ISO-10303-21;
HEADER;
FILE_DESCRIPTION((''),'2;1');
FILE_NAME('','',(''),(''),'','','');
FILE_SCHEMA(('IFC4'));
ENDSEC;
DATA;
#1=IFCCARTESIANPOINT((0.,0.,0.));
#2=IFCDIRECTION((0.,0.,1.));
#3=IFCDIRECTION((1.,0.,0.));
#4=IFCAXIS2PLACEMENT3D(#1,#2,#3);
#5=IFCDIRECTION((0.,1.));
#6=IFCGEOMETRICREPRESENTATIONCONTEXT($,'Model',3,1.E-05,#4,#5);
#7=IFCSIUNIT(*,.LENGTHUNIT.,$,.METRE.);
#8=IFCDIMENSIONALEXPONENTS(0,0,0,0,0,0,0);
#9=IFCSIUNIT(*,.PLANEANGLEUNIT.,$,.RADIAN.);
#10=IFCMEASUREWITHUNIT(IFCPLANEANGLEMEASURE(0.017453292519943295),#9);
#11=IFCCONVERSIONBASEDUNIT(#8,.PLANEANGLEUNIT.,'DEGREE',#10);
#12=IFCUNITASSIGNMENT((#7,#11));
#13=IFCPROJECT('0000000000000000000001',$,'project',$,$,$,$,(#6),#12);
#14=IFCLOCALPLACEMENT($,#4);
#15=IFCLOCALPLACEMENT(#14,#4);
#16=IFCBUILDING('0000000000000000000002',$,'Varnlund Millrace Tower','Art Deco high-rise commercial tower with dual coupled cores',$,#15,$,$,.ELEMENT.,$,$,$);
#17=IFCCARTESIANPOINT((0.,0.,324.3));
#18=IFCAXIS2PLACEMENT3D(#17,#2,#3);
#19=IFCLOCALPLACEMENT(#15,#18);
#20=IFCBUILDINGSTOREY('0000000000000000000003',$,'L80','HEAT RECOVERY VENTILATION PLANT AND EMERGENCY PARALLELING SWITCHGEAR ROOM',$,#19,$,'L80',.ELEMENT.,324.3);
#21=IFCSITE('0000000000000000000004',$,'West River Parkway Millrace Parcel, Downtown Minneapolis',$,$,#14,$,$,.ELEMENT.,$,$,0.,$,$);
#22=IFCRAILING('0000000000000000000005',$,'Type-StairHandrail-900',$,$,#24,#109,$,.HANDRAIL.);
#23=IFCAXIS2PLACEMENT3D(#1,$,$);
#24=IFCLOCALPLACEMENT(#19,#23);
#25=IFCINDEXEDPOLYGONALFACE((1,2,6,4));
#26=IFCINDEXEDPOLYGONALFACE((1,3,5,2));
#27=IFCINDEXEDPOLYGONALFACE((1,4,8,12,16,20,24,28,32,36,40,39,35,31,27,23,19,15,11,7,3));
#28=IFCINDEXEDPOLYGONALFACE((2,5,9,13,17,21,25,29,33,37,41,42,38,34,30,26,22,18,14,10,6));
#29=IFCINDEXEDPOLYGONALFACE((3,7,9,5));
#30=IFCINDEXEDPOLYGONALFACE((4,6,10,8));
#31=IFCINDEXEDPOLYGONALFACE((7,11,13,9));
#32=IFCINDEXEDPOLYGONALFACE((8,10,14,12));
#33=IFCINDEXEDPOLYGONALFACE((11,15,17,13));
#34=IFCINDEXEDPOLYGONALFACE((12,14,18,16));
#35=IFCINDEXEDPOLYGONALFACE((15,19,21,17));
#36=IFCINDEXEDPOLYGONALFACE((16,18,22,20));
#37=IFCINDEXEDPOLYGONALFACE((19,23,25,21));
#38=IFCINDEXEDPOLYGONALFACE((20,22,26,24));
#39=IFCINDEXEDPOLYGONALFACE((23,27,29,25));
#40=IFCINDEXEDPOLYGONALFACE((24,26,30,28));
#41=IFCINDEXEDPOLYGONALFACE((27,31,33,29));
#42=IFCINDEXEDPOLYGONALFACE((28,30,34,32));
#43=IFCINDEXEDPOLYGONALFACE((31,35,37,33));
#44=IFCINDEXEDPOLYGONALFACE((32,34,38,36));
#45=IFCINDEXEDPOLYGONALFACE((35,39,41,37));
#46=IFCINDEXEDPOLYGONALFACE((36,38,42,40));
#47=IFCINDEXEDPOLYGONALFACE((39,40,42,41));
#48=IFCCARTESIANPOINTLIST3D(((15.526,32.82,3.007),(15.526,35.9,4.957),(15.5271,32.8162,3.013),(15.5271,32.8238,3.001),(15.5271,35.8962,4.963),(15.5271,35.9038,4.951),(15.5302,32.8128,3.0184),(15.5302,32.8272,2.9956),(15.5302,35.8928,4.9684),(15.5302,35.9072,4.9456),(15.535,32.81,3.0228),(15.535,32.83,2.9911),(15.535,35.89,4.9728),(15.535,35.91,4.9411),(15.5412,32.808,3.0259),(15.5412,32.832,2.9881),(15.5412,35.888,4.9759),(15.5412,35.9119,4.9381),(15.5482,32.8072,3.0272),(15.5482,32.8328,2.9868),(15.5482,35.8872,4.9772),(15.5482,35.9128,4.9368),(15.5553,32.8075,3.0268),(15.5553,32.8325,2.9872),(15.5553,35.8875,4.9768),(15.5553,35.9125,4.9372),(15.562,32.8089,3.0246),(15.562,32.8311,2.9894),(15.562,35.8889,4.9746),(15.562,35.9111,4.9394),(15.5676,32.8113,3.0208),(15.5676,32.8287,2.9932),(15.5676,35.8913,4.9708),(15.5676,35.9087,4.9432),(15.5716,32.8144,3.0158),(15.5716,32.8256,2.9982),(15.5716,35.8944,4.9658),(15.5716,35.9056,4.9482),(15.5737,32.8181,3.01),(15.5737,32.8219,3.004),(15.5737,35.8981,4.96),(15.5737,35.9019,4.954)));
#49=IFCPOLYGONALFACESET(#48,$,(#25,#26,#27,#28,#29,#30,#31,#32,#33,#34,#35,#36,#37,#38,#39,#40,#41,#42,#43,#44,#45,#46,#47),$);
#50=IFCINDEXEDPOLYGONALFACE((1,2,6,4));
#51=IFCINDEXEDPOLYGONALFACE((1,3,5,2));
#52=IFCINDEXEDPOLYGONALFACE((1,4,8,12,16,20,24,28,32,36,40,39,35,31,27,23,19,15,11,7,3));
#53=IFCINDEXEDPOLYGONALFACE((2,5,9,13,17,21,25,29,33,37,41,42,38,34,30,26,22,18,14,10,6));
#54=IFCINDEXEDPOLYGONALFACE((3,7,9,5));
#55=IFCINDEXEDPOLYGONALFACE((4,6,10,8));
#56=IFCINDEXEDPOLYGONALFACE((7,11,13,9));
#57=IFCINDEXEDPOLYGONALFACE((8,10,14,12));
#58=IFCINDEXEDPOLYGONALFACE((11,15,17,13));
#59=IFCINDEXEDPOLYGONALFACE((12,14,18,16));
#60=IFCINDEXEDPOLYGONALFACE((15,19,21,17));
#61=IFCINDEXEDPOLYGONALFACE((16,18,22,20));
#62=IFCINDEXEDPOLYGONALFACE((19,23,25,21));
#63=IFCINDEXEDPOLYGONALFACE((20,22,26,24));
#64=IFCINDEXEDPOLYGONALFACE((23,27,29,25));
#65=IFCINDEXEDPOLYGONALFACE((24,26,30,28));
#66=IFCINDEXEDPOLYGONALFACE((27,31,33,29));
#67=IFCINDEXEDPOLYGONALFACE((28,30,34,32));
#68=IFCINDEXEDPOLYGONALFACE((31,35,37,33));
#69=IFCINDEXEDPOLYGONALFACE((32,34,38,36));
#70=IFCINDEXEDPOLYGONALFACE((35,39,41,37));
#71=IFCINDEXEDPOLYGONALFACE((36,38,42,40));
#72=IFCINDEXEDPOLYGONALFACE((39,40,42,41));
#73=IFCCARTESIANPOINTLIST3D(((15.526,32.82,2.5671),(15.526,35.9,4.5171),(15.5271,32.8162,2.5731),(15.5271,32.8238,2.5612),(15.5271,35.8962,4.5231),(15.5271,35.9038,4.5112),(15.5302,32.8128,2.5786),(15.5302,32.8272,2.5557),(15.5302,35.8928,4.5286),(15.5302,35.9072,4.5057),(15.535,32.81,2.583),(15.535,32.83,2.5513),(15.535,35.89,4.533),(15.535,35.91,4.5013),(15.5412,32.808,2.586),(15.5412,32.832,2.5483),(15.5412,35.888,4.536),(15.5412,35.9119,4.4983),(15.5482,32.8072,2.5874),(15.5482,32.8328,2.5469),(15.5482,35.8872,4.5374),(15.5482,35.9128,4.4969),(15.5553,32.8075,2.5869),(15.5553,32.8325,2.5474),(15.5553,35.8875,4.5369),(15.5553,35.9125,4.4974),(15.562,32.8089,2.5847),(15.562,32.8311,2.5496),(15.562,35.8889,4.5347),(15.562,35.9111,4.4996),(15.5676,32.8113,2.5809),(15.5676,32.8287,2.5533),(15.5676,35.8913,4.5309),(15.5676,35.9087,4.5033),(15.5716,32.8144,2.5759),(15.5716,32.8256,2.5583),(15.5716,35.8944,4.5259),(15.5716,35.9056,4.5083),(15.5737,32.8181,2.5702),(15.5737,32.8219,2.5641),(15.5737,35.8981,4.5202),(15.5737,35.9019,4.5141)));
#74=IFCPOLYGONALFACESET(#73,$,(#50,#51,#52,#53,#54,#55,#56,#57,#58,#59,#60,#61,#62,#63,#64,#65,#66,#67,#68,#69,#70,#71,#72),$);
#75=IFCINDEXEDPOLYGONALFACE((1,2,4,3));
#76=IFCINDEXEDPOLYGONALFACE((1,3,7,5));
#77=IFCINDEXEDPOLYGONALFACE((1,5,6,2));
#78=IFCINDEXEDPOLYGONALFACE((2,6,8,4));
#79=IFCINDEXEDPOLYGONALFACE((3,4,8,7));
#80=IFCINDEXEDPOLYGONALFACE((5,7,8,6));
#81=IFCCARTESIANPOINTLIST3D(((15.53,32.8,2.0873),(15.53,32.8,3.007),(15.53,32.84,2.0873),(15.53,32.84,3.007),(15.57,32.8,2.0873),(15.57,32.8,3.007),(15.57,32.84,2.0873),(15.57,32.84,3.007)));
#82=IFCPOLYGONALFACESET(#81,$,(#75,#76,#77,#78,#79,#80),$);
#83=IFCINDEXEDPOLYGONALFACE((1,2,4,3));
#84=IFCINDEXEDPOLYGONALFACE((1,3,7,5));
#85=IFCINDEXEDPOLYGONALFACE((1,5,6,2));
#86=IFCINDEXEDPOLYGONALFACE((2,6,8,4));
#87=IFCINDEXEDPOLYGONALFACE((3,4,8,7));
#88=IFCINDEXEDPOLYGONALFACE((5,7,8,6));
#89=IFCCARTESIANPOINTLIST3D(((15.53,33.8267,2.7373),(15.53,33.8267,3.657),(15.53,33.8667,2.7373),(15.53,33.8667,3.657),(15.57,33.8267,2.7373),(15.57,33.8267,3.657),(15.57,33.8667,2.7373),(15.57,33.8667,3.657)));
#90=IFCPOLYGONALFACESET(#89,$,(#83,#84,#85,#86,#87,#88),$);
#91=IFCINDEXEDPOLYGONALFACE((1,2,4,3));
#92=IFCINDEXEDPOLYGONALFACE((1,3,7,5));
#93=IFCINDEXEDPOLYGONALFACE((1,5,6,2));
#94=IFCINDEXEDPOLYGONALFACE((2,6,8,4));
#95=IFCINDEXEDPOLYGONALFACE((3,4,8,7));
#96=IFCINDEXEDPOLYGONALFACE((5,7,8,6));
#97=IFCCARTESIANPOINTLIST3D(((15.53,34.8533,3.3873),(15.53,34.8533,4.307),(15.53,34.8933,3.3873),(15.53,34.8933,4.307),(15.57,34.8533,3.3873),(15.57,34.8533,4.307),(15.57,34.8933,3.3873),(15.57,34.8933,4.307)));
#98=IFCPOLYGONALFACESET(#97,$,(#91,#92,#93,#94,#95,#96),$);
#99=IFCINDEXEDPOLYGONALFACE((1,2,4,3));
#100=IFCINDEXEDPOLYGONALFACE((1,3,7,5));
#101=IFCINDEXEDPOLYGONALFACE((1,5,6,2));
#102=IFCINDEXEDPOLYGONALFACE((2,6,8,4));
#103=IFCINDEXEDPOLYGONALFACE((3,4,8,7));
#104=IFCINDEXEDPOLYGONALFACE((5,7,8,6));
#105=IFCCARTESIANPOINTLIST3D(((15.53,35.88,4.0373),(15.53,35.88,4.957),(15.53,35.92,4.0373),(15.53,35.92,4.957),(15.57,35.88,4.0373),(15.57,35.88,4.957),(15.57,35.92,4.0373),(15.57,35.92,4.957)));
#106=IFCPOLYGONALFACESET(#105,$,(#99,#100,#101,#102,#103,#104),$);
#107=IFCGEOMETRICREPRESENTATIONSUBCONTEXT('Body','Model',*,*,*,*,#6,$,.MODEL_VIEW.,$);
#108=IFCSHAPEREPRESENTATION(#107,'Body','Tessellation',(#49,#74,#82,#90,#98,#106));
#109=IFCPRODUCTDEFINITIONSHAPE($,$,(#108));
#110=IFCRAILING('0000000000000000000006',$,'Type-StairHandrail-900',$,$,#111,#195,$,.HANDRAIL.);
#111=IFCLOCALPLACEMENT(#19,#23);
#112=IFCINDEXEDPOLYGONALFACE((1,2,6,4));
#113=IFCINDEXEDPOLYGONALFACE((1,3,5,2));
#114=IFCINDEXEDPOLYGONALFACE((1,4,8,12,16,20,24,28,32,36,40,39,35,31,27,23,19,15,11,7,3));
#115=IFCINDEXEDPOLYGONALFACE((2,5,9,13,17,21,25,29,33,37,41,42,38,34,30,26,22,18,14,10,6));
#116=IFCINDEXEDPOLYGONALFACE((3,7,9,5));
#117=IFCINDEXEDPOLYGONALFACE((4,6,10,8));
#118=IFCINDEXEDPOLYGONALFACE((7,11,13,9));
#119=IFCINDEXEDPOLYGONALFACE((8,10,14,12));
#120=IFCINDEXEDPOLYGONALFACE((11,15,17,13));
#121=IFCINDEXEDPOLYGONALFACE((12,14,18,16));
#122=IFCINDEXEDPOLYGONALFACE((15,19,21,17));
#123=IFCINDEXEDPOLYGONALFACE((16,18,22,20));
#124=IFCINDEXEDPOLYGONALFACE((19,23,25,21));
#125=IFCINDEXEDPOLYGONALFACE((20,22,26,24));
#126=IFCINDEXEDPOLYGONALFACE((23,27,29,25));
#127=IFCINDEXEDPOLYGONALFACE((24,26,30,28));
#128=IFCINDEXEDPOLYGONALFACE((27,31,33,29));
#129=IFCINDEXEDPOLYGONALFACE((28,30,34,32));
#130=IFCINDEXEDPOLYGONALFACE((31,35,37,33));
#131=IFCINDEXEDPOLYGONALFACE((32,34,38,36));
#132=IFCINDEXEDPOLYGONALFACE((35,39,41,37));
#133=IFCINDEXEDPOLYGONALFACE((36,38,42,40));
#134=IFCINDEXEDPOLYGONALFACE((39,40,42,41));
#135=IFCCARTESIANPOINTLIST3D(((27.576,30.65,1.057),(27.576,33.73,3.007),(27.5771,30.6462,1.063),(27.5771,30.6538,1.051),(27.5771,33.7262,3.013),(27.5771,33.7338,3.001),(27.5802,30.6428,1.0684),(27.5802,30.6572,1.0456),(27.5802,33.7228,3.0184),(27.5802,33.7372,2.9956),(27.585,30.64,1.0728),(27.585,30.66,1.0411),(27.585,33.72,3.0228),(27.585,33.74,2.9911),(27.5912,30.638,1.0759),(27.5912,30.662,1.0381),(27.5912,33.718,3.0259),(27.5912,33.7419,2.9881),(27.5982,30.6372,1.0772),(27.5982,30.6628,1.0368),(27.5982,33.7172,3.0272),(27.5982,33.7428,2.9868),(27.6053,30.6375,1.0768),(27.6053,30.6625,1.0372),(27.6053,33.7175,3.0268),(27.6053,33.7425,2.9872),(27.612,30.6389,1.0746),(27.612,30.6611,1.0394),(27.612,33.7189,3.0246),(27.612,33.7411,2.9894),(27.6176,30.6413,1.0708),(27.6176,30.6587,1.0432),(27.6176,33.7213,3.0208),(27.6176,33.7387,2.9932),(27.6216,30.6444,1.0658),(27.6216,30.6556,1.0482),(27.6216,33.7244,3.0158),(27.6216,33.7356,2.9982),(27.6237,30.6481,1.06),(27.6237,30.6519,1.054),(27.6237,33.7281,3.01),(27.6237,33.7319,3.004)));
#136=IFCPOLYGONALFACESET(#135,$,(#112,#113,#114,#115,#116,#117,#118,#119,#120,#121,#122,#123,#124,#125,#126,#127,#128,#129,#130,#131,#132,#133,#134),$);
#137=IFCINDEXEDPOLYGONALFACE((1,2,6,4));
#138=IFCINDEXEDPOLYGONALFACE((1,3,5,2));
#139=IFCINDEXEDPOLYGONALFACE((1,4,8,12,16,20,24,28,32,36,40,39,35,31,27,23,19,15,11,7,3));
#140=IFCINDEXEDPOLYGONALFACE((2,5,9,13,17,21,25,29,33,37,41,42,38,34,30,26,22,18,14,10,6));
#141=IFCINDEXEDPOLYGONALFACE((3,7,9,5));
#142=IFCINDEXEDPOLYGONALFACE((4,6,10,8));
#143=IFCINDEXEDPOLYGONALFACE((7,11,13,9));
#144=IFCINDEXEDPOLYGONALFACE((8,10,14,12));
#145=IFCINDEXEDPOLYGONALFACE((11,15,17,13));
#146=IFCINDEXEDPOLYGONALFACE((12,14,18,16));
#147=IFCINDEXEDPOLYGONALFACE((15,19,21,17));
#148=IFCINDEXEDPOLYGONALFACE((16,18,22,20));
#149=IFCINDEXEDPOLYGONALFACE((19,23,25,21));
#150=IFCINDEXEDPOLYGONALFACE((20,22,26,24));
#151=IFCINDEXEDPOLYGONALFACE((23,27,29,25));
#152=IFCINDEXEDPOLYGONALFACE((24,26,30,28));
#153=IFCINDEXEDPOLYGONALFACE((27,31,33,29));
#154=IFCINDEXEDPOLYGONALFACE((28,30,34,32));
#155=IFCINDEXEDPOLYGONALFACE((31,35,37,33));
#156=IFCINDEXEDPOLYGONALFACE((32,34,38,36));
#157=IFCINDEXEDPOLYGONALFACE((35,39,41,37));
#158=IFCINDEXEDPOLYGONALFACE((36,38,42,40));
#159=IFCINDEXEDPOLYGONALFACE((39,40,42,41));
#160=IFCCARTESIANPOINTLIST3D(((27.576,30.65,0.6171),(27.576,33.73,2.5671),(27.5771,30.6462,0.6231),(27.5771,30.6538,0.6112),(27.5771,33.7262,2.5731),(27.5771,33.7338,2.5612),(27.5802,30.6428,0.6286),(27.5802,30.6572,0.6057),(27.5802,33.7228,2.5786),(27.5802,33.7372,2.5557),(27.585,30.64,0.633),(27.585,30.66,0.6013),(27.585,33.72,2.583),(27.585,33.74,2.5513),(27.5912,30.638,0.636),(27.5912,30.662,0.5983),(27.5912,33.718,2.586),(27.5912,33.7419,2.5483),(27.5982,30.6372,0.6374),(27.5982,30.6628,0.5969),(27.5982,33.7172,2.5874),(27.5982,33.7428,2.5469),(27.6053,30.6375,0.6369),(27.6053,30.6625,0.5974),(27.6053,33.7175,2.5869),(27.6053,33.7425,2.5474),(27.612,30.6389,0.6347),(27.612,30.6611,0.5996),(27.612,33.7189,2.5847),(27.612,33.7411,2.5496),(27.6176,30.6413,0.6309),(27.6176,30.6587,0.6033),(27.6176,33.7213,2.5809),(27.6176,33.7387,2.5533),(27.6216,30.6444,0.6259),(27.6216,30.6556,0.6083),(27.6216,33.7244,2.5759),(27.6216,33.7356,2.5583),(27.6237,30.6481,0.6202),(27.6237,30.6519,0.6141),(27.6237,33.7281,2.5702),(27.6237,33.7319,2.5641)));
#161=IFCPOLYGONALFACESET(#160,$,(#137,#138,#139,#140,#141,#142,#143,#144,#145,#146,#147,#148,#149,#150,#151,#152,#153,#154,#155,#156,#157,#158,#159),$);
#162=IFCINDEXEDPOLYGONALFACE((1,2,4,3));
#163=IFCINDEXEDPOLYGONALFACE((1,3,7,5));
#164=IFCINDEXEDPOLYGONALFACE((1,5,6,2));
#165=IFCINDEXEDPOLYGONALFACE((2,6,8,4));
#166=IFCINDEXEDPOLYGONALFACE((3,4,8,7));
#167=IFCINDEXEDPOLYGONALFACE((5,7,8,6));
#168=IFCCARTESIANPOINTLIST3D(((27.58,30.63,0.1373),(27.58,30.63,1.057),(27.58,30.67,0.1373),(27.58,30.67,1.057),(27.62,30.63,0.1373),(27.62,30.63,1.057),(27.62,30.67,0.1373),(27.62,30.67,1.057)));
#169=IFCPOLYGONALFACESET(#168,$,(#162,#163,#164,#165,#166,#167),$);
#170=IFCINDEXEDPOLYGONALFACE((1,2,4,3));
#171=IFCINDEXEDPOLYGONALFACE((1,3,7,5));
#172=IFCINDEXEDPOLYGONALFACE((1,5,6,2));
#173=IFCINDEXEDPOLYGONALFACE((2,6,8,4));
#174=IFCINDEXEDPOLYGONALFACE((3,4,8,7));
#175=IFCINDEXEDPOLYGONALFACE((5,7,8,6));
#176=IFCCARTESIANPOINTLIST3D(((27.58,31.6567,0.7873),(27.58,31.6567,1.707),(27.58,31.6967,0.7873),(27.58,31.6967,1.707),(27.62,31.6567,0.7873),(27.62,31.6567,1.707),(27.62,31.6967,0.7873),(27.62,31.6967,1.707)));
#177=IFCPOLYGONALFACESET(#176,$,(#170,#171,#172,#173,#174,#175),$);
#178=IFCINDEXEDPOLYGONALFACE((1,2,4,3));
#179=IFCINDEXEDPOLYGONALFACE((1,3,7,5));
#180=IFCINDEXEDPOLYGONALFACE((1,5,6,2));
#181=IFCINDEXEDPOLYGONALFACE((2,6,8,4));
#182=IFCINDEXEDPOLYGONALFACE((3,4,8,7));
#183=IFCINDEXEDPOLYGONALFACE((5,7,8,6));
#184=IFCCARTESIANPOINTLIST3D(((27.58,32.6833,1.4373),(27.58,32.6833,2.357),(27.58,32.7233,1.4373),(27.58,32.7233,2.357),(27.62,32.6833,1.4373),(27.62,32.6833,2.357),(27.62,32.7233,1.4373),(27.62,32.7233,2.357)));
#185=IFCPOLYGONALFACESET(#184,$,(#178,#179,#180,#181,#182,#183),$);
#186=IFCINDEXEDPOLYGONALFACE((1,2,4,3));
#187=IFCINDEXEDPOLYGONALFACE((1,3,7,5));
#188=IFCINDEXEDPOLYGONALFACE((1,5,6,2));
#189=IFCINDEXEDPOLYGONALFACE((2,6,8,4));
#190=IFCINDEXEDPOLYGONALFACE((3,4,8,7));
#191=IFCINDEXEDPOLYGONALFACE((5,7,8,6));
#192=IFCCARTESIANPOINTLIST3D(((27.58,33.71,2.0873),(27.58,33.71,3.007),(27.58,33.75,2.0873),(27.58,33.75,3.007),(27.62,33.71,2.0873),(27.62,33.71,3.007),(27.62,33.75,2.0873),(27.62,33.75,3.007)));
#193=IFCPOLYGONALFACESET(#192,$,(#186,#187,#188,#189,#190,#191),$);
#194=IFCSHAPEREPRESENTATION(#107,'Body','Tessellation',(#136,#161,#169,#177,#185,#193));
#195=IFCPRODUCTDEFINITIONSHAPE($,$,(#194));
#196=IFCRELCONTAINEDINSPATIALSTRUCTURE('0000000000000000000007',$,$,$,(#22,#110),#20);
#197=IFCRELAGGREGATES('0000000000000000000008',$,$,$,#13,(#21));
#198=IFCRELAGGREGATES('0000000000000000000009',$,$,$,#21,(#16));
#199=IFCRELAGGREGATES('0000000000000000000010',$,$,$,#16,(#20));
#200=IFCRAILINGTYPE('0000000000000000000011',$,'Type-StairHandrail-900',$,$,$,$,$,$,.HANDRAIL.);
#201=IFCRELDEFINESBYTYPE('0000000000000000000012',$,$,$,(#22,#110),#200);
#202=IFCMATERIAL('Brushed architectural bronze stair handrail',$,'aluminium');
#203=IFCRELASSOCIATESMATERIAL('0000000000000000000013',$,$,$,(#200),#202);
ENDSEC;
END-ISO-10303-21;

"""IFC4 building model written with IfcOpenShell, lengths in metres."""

from ifc_helpers import new_model, entity, si_unit, converted_unit, direction, frame, origin_with_axes, origin_2d_with_axis, place, context, subcontext, project, spatial, rectangle, circle, extrude, material, type_object, element, save


model = new_model("IFC4")

# Units and contexts
model_context = context("Model", 3, precision=1e-05, world=origin_with_axes(), true_north=direction((0.0, 1.0)))
body_context = subcontext(model_context, "Body", "Model", "MODEL_VIEW")
ifc_project = project(units=[si_unit("LENGTHUNIT", "METRE"), converted_unit("PLANEANGLEUNIT", "DEGREE", entity("IfcPlaneAngleMeasure", 0.017453292519943295), si_unit("PLANEANGLEUNIT", "RADIAN"), dimensions=[0, 0, 0, 0, 0, 0, 0])], contexts=[model_context])

# Site, building, storey
site_placement = place(None, origin_with_axes())
site = spatial("IfcSite", under=ifc_project, at=site_placement, Name="West River Parkway Millrace Parcel, Downtown Minneapolis", CompositionType="ELEMENT", RefElevation=0.0)
building_placement = place(site_placement, origin_with_axes())
building = spatial("IfcBuilding", under=site, at=building_placement, Name="Varnlund Millrace Tower", Description="Art Deco high-rise commercial tower with dual coupled cores", CompositionType="ELEMENT")
storey_placement = place(building_placement, frame((0.0, 0.0, 324.3), z_axis=(0.0, 0.0, 1.0), x_axis=(1.0, 0.0, 0.0)))
storey = spatial("IfcBuildingStorey", under=building, at=storey_placement, Name="L80", Description="HEAT RECOVERY VENTILATION PLANT AND EMERGENCY PARALLELING SWITCHGEAR ROOM", LongName="L80", CompositionType="ELEMENT", Elevation=324.3)

# Railings
ifc_material_1 = material(Name="Brushed architectural bronze stair handrail", Category="aluminium")
railing_type_1 = type_object("IfcRailingType", Name="Type-StairHandrail-900", PredefinedType="HANDRAIL", material=ifc_material_1)
railing_1_placement = place(storey_placement, frame((0.0, 0.0, -324.3), z_axis=(0.0, 0.0, 1.0), x_axis=(1.0, 0.0, 0.0)))
element("IfcRailing", 1, at=railing_1_placement, inside=storey, type_object=railing_type_1, Name="Type-StairHandrail-900", PredefinedType="HANDRAIL", context=body_context, shape_type="SweptSolid", body=[
    extrude(circle(Radius=0.024, at=origin_2d_with_axis()), frame((15.55, 32.82, 327.307), z_axis=(0.0, 0.844902, 0.534922), x_axis=(-1.0, 0.0, 0.0)), (0.0, 0.0, 1.0), 3.6454),
    extrude(circle(Radius=0.024, at=origin_2d_with_axis()), frame((15.55, 32.82, 326.8671), z_axis=(0.0, 0.844902, 0.534922), x_axis=(-1.0, 0.0, 0.0)), (0.0, 0.0, 1.0), 3.6454),
    extrude(rectangle(XDim=0.04, YDim=0.04, at=origin_2d_with_axis()), frame((15.55, 32.82, 326.3873), z_axis=(0.0, 0.0, 1.0), x_axis=(1.0, 0.0, 0.0)), (0.0, 0.0, 1.0), 0.9197),
    extrude(rectangle(XDim=0.04, YDim=0.04, at=origin_2d_with_axis()), frame((15.55, 33.8467, 327.0373), z_axis=(0.0, 0.0, 1.0), x_axis=(1.0, 0.0, 0.0)), (0.0, 0.0, 1.0), 0.9197),
    extrude(rectangle(XDim=0.04, YDim=0.04, at=origin_2d_with_axis()), frame((15.55, 34.8733, 327.6873), z_axis=(0.0, 0.0, 1.0), x_axis=(1.0, 0.0, 0.0)), (0.0, 0.0, 1.0), 0.9197),
    extrude(rectangle(XDim=0.04, YDim=0.04, at=origin_2d_with_axis()), frame((15.55, 35.9, 328.3373), z_axis=(0.0, 0.0, 1.0), x_axis=(1.0, 0.0, 0.0)), (0.0, 0.0, 1.0), 0.9197),
])
railing_2_placement = place(storey_placement, frame((0.0, 0.0, -324.3), z_axis=(0.0, 0.0, 1.0), x_axis=(1.0, 0.0, 0.0)))
element("IfcRailing", 2, at=railing_2_placement, inside=storey, type_object=railing_type_1, Name="Type-StairHandrail-900", PredefinedType="HANDRAIL", context=body_context, shape_type="SweptSolid", body=[
    extrude(circle(Radius=0.024, at=origin_2d_with_axis()), frame((27.6, 30.65, 325.357), z_axis=(0.0, 0.844902, 0.534922), x_axis=(-1.0, 0.0, 0.0)), (0.0, 0.0, 1.0), 3.6454),
    extrude(circle(Radius=0.024, at=origin_2d_with_axis()), frame((27.6, 30.65, 324.9171), z_axis=(0.0, 0.844902, 0.534922), x_axis=(-1.0, 0.0, 0.0)), (0.0, 0.0, 1.0), 3.6454),
    extrude(rectangle(XDim=0.04, YDim=0.04, at=origin_2d_with_axis()), frame((27.6, 30.65, 324.4373), z_axis=(0.0, 0.0, 1.0), x_axis=(1.0, 0.0, 0.0)), (0.0, 0.0, 1.0), 0.9197),
    extrude(rectangle(XDim=0.04, YDim=0.04, at=origin_2d_with_axis()), frame((27.6, 31.6767, 325.0873), z_axis=(0.0, 0.0, 1.0), x_axis=(1.0, 0.0, 0.0)), (0.0, 0.0, 1.0), 0.9197),
    extrude(rectangle(XDim=0.04, YDim=0.04, at=origin_2d_with_axis()), frame((27.6, 32.7033, 325.7373), z_axis=(0.0, 0.0, 1.0), x_axis=(1.0, 0.0, 0.0)), (0.0, 0.0, 1.0), 0.9197),
    extrude(rectangle(XDim=0.04, YDim=0.04, at=origin_2d_with_axis()), frame((27.6, 33.73, 326.3873), z_axis=(0.0, 0.0, 1.0), x_axis=(1.0, 0.0, 0.0)), (0.0, 0.0, 1.0), 0.9197),
])

save(model, "model.ifc")
